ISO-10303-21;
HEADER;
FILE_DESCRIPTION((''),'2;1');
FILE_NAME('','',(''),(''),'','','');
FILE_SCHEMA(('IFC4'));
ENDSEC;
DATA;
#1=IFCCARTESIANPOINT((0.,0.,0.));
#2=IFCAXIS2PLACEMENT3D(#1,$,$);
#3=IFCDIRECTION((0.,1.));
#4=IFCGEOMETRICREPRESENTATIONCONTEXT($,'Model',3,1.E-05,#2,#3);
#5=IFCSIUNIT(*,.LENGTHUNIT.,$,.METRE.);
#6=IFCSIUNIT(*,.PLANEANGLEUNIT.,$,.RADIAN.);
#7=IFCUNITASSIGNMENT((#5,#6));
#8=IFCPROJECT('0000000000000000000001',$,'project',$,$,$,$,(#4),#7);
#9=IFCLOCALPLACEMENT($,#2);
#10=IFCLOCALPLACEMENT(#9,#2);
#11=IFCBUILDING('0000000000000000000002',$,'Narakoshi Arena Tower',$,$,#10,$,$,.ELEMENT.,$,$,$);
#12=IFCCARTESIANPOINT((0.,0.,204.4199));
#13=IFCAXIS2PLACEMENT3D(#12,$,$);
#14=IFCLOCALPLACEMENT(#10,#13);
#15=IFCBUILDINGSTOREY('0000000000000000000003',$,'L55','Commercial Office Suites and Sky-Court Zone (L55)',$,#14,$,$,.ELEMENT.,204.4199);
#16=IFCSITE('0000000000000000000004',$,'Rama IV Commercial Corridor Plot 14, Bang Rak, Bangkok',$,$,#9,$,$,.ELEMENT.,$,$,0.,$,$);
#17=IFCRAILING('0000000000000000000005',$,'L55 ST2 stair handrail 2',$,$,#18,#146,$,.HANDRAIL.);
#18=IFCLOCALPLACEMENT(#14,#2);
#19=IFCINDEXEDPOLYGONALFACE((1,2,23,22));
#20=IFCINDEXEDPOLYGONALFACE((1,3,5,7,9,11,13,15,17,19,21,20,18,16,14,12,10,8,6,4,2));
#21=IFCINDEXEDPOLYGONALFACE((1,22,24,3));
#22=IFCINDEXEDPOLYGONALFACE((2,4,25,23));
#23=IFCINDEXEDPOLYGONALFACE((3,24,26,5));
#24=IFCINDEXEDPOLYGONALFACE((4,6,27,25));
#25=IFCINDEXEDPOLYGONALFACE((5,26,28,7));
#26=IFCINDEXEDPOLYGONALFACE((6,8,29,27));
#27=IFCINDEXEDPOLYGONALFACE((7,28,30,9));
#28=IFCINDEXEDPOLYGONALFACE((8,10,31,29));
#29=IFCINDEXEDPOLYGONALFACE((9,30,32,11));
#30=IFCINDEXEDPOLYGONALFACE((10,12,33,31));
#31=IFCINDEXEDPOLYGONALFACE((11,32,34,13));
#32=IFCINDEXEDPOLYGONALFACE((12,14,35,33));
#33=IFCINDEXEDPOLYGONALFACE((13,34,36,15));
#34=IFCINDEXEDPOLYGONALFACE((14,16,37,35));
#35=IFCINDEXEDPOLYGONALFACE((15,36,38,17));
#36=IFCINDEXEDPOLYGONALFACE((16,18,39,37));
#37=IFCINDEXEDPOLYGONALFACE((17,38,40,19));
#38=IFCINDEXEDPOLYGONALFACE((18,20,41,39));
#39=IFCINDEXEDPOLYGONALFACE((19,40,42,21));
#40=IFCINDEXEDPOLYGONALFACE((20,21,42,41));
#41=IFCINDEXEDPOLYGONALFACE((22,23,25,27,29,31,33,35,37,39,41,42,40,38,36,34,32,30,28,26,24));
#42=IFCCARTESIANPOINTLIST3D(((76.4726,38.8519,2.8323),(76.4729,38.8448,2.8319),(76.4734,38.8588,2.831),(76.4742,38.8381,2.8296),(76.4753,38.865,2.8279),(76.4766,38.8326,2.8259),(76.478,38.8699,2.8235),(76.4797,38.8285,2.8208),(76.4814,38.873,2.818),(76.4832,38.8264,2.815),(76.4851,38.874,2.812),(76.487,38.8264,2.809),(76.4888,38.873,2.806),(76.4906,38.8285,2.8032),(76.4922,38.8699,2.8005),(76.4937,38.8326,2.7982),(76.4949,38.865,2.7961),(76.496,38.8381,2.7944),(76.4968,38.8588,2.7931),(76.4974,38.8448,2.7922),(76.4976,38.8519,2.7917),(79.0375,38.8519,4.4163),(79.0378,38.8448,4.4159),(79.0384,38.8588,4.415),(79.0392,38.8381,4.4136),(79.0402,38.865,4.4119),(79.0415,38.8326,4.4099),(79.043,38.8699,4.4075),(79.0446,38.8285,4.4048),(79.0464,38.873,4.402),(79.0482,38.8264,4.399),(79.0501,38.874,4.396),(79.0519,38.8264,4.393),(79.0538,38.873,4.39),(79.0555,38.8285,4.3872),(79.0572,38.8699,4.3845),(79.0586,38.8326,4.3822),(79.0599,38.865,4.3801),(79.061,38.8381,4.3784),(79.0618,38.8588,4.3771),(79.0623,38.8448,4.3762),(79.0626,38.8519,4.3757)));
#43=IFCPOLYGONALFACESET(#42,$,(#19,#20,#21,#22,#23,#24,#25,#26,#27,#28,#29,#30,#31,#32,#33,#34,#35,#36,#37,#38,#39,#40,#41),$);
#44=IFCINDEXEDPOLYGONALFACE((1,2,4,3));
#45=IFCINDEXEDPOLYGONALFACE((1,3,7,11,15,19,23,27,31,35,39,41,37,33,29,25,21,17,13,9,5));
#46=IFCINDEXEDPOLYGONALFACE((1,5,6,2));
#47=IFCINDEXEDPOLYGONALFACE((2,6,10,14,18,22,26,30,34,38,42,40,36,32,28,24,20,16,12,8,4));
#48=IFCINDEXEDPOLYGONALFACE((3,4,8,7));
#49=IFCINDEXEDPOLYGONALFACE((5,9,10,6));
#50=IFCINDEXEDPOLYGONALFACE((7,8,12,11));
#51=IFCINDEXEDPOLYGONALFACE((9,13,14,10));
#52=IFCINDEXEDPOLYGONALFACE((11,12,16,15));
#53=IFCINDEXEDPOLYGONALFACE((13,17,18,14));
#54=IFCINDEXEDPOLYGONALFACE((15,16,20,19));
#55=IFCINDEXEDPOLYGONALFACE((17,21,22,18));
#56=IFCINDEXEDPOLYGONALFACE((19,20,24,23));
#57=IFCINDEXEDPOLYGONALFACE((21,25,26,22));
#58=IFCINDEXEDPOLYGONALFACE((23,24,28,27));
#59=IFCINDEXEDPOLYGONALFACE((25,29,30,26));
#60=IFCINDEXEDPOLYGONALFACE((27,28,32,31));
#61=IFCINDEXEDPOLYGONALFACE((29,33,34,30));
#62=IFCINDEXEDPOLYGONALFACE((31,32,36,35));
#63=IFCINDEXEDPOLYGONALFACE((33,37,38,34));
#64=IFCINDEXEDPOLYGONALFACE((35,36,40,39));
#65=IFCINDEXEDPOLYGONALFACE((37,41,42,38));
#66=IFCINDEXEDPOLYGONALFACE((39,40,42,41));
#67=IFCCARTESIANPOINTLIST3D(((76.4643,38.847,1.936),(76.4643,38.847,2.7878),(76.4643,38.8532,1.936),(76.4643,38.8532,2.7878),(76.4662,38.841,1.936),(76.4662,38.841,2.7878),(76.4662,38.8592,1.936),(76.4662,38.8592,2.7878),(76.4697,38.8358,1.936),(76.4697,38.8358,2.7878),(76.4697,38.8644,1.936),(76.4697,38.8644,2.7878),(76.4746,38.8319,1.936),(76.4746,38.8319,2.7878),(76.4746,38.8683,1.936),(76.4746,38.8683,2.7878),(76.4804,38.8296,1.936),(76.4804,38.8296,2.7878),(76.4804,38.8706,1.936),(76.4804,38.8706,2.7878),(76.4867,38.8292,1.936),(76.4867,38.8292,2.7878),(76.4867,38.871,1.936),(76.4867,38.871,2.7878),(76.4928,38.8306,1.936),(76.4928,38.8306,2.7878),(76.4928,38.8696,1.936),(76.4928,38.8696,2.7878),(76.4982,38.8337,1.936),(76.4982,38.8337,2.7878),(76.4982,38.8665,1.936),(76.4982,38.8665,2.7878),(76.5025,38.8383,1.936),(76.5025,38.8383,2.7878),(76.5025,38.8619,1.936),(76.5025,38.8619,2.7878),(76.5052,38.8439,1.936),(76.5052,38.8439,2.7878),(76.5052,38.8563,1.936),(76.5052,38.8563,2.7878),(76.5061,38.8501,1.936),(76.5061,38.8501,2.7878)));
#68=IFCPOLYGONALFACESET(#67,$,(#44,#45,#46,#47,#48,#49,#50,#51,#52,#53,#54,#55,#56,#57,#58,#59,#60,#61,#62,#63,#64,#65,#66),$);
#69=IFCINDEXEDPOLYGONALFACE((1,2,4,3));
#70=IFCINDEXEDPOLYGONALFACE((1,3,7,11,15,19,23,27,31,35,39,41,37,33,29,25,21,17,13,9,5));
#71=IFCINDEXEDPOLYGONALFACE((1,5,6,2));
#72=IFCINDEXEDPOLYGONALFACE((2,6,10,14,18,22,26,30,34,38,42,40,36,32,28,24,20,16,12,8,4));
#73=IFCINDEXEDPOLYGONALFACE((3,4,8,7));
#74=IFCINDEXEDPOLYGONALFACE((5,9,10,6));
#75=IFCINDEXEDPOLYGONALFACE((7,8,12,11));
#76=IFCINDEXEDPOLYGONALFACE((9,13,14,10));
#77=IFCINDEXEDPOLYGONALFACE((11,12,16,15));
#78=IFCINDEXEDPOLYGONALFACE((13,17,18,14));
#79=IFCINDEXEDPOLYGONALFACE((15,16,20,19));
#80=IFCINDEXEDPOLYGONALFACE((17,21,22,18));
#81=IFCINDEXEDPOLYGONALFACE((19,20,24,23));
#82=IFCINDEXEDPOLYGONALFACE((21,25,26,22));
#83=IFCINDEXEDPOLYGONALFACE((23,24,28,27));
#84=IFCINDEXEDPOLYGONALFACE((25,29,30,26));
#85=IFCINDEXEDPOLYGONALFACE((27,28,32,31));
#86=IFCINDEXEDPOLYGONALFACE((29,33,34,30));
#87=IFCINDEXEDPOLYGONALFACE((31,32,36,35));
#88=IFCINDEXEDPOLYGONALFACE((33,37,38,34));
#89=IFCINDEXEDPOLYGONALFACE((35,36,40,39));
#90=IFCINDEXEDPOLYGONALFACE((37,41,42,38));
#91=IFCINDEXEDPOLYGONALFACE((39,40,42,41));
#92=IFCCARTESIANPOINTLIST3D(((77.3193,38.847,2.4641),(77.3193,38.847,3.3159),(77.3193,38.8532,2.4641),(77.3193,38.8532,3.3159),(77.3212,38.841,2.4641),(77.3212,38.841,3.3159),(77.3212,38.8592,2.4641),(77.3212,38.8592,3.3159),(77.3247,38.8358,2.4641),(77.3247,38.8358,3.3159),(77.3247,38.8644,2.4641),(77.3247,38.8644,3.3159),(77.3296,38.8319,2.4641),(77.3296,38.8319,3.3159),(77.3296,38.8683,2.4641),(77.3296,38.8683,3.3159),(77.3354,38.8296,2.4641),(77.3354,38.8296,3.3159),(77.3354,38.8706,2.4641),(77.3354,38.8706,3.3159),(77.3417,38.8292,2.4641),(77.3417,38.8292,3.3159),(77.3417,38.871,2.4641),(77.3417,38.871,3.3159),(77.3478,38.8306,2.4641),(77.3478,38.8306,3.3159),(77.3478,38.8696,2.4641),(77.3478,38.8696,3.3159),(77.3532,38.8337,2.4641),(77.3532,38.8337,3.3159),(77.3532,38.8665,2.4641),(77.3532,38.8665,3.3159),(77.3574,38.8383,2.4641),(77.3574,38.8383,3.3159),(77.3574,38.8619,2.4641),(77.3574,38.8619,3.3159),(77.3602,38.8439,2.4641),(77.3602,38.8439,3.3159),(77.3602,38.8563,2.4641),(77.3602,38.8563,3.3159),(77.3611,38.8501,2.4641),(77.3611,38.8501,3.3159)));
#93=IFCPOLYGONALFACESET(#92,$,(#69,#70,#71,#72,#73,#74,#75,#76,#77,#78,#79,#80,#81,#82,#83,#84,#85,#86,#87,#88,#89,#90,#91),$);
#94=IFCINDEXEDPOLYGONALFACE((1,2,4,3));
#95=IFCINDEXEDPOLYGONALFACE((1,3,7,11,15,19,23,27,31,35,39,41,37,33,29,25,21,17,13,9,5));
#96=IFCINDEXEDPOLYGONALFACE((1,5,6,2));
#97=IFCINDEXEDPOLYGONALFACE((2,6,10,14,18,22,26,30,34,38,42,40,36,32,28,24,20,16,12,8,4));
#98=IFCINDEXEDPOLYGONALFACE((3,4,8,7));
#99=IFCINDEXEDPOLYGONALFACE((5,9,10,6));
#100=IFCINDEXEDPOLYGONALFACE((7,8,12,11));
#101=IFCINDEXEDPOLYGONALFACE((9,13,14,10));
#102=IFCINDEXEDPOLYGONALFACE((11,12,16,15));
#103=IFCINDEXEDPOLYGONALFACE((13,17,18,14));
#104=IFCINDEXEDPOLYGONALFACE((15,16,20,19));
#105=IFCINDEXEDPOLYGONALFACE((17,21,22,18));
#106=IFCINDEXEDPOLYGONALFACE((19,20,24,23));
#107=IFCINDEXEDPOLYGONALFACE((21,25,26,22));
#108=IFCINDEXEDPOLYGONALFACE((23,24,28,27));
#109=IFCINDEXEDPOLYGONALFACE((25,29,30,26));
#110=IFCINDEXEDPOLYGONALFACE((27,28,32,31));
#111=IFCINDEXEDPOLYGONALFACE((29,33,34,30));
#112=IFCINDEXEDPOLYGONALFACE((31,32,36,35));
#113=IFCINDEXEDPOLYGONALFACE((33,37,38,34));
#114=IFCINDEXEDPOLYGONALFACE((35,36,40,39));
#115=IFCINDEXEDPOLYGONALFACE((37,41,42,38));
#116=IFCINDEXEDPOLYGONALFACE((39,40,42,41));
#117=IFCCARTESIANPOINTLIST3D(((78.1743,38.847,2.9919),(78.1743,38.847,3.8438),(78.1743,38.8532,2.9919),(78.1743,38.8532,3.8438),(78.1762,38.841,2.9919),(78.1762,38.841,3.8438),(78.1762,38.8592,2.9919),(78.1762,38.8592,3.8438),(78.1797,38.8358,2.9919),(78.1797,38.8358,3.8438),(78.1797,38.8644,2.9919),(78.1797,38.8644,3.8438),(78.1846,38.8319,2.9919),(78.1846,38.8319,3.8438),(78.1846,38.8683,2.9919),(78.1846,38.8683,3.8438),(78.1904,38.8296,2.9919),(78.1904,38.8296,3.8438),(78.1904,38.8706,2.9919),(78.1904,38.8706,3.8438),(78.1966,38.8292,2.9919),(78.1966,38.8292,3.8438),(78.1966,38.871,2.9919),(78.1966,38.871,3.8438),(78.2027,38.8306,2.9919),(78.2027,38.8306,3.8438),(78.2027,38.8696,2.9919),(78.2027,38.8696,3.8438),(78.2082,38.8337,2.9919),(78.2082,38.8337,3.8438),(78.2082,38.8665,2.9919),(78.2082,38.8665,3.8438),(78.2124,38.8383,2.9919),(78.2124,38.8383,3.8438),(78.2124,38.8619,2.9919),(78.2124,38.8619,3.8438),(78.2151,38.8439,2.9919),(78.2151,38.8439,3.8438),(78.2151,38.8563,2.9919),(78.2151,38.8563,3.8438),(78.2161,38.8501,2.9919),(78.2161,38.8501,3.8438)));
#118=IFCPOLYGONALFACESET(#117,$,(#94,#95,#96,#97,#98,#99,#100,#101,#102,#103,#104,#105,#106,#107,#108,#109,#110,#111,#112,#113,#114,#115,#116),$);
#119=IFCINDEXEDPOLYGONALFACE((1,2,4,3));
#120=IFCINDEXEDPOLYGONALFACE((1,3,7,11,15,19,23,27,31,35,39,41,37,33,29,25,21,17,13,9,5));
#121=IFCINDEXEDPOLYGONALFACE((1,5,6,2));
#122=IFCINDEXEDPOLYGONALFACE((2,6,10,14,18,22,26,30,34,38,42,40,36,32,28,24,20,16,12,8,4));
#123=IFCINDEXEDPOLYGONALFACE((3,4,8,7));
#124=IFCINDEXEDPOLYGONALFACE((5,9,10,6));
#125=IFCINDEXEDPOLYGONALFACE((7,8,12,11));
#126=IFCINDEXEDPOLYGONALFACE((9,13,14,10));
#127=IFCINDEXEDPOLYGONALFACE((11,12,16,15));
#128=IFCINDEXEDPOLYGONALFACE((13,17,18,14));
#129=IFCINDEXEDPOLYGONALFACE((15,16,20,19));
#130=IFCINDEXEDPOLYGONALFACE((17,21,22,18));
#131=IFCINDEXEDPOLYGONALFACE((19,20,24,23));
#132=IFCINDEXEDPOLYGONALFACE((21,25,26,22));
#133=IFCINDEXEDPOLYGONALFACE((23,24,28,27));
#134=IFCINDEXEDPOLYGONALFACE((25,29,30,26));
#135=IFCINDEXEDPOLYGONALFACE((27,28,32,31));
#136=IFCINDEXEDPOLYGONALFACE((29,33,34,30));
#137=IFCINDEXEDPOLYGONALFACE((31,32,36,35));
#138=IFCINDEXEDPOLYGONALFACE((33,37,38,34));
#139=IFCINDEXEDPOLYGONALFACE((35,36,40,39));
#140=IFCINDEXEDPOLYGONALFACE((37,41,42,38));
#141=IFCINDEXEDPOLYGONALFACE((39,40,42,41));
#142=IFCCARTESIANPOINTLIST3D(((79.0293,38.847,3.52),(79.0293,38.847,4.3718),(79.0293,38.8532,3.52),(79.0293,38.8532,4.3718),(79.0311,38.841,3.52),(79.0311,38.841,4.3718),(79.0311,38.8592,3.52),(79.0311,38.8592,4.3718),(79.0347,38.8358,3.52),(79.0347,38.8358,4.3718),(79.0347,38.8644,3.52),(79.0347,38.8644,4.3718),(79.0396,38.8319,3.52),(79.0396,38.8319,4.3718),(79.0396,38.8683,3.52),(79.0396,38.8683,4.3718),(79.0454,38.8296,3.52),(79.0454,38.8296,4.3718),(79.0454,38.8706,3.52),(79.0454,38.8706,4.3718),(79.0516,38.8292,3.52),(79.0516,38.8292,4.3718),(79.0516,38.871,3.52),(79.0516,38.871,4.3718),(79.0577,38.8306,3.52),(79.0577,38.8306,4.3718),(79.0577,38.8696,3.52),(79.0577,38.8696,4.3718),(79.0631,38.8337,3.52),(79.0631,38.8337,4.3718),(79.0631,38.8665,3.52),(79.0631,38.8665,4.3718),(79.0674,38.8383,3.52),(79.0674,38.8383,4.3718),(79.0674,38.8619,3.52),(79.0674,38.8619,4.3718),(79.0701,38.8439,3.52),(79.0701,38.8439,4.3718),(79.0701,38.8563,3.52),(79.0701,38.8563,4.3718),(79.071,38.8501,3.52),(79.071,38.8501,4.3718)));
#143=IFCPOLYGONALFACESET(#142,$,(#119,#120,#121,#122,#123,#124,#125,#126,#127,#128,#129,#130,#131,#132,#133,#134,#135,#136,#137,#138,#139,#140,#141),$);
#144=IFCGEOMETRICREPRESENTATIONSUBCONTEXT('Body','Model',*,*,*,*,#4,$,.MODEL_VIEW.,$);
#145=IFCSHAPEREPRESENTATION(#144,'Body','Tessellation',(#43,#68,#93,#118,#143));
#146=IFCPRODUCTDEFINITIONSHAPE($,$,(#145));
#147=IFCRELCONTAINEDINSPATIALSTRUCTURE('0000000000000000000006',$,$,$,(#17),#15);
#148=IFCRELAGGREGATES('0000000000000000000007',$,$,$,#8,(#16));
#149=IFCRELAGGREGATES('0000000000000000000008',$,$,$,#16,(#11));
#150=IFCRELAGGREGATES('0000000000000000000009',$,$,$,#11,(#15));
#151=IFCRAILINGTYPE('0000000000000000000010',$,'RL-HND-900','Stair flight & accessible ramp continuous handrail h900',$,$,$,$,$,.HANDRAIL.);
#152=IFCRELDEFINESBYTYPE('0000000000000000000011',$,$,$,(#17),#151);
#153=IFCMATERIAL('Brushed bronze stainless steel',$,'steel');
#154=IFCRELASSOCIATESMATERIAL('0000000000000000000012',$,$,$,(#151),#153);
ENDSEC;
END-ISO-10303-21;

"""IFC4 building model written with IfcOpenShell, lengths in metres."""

from ifc_helpers import new_model, si_unit, direction, frame, origin, origin_2d, place, context, subcontext, project, spatial, circle, extrude, material, type_object, element, save


model = new_model("IFC4")

# Units and contexts
model_context = context("Model", 3, precision=1e-05, world=origin(), true_north=direction((0.0, 1.0)))
body_context = subcontext(model_context, "Body", "Model", "MODEL_VIEW")
ifc_project = project(units=[si_unit("LENGTHUNIT", "METRE"), si_unit("PLANEANGLEUNIT", "RADIAN")], contexts=[model_context])

# Site, building, storey
site_placement = place(None, origin())
site = spatial("IfcSite", under=ifc_project, at=site_placement, Name="Rama IV Commercial Corridor Plot 14, Bang Rak, Bangkok", CompositionType="ELEMENT", RefElevation=0.0)
building_placement = place(site_placement, origin())
building = spatial("IfcBuilding", under=site, at=building_placement, Name="Narakoshi Arena Tower", CompositionType="ELEMENT")
storey_placement = place(building_placement, frame((0.0, 0.0, 204.4199)))
storey = spatial("IfcBuildingStorey", under=building, at=storey_placement, Name="L55", Description="Commercial Office Suites and Sky-Court Zone (L55)", CompositionType="ELEMENT", Elevation=204.4199)

# Railing
ifc_material_1 = material(Name="Brushed bronze stainless steel", Category="steel")
railing_type_1 = type_object("IfcRailingType", Name="RL-HND-900", Description="Stair flight & accessible ramp continuous handrail h900", PredefinedType="HANDRAIL", material=ifc_material_1)
railing_1_placement = place(storey_placement, frame((76.4851, 38.8501, 1.936)))
element("IfcRailing", 1, at=railing_1_placement, inside=storey, type_object=railing_type_1, Name="L55 ST2 stair handrail 2", PredefinedType="HANDRAIL", context=body_context, shape_type="SweptSolid", body=[
    extrude(circle(Radius=0.0239, at=origin_2d()), frame((0.0, 0.0, 0.876), z_axis=(0.850834, 0.0, 0.525434), x_axis=(0.0, 1.0, 0.0)), (0.0, 0.0, 1.0), 3.0146),
    extrude(circle(Radius=0.021, at=origin_2d()), origin(), (0.0, 0.0, 1.0), 0.8518),
    extrude(circle(Radius=0.021, at=origin_2d()), frame((0.855, 0.0, 0.5281)), (0.0, 0.0, 1.0), 0.8518),
    extrude(circle(Radius=0.021, at=origin_2d()), frame((1.71, 0.0, 1.0559)), (0.0, 0.0, 1.0), 0.8518),
    extrude(circle(Radius=0.021, at=origin_2d()), frame((2.5649, 0.0, 1.584)), (0.0, 0.0, 1.0), 0.8518),
])

save(model, "model.ifc")
